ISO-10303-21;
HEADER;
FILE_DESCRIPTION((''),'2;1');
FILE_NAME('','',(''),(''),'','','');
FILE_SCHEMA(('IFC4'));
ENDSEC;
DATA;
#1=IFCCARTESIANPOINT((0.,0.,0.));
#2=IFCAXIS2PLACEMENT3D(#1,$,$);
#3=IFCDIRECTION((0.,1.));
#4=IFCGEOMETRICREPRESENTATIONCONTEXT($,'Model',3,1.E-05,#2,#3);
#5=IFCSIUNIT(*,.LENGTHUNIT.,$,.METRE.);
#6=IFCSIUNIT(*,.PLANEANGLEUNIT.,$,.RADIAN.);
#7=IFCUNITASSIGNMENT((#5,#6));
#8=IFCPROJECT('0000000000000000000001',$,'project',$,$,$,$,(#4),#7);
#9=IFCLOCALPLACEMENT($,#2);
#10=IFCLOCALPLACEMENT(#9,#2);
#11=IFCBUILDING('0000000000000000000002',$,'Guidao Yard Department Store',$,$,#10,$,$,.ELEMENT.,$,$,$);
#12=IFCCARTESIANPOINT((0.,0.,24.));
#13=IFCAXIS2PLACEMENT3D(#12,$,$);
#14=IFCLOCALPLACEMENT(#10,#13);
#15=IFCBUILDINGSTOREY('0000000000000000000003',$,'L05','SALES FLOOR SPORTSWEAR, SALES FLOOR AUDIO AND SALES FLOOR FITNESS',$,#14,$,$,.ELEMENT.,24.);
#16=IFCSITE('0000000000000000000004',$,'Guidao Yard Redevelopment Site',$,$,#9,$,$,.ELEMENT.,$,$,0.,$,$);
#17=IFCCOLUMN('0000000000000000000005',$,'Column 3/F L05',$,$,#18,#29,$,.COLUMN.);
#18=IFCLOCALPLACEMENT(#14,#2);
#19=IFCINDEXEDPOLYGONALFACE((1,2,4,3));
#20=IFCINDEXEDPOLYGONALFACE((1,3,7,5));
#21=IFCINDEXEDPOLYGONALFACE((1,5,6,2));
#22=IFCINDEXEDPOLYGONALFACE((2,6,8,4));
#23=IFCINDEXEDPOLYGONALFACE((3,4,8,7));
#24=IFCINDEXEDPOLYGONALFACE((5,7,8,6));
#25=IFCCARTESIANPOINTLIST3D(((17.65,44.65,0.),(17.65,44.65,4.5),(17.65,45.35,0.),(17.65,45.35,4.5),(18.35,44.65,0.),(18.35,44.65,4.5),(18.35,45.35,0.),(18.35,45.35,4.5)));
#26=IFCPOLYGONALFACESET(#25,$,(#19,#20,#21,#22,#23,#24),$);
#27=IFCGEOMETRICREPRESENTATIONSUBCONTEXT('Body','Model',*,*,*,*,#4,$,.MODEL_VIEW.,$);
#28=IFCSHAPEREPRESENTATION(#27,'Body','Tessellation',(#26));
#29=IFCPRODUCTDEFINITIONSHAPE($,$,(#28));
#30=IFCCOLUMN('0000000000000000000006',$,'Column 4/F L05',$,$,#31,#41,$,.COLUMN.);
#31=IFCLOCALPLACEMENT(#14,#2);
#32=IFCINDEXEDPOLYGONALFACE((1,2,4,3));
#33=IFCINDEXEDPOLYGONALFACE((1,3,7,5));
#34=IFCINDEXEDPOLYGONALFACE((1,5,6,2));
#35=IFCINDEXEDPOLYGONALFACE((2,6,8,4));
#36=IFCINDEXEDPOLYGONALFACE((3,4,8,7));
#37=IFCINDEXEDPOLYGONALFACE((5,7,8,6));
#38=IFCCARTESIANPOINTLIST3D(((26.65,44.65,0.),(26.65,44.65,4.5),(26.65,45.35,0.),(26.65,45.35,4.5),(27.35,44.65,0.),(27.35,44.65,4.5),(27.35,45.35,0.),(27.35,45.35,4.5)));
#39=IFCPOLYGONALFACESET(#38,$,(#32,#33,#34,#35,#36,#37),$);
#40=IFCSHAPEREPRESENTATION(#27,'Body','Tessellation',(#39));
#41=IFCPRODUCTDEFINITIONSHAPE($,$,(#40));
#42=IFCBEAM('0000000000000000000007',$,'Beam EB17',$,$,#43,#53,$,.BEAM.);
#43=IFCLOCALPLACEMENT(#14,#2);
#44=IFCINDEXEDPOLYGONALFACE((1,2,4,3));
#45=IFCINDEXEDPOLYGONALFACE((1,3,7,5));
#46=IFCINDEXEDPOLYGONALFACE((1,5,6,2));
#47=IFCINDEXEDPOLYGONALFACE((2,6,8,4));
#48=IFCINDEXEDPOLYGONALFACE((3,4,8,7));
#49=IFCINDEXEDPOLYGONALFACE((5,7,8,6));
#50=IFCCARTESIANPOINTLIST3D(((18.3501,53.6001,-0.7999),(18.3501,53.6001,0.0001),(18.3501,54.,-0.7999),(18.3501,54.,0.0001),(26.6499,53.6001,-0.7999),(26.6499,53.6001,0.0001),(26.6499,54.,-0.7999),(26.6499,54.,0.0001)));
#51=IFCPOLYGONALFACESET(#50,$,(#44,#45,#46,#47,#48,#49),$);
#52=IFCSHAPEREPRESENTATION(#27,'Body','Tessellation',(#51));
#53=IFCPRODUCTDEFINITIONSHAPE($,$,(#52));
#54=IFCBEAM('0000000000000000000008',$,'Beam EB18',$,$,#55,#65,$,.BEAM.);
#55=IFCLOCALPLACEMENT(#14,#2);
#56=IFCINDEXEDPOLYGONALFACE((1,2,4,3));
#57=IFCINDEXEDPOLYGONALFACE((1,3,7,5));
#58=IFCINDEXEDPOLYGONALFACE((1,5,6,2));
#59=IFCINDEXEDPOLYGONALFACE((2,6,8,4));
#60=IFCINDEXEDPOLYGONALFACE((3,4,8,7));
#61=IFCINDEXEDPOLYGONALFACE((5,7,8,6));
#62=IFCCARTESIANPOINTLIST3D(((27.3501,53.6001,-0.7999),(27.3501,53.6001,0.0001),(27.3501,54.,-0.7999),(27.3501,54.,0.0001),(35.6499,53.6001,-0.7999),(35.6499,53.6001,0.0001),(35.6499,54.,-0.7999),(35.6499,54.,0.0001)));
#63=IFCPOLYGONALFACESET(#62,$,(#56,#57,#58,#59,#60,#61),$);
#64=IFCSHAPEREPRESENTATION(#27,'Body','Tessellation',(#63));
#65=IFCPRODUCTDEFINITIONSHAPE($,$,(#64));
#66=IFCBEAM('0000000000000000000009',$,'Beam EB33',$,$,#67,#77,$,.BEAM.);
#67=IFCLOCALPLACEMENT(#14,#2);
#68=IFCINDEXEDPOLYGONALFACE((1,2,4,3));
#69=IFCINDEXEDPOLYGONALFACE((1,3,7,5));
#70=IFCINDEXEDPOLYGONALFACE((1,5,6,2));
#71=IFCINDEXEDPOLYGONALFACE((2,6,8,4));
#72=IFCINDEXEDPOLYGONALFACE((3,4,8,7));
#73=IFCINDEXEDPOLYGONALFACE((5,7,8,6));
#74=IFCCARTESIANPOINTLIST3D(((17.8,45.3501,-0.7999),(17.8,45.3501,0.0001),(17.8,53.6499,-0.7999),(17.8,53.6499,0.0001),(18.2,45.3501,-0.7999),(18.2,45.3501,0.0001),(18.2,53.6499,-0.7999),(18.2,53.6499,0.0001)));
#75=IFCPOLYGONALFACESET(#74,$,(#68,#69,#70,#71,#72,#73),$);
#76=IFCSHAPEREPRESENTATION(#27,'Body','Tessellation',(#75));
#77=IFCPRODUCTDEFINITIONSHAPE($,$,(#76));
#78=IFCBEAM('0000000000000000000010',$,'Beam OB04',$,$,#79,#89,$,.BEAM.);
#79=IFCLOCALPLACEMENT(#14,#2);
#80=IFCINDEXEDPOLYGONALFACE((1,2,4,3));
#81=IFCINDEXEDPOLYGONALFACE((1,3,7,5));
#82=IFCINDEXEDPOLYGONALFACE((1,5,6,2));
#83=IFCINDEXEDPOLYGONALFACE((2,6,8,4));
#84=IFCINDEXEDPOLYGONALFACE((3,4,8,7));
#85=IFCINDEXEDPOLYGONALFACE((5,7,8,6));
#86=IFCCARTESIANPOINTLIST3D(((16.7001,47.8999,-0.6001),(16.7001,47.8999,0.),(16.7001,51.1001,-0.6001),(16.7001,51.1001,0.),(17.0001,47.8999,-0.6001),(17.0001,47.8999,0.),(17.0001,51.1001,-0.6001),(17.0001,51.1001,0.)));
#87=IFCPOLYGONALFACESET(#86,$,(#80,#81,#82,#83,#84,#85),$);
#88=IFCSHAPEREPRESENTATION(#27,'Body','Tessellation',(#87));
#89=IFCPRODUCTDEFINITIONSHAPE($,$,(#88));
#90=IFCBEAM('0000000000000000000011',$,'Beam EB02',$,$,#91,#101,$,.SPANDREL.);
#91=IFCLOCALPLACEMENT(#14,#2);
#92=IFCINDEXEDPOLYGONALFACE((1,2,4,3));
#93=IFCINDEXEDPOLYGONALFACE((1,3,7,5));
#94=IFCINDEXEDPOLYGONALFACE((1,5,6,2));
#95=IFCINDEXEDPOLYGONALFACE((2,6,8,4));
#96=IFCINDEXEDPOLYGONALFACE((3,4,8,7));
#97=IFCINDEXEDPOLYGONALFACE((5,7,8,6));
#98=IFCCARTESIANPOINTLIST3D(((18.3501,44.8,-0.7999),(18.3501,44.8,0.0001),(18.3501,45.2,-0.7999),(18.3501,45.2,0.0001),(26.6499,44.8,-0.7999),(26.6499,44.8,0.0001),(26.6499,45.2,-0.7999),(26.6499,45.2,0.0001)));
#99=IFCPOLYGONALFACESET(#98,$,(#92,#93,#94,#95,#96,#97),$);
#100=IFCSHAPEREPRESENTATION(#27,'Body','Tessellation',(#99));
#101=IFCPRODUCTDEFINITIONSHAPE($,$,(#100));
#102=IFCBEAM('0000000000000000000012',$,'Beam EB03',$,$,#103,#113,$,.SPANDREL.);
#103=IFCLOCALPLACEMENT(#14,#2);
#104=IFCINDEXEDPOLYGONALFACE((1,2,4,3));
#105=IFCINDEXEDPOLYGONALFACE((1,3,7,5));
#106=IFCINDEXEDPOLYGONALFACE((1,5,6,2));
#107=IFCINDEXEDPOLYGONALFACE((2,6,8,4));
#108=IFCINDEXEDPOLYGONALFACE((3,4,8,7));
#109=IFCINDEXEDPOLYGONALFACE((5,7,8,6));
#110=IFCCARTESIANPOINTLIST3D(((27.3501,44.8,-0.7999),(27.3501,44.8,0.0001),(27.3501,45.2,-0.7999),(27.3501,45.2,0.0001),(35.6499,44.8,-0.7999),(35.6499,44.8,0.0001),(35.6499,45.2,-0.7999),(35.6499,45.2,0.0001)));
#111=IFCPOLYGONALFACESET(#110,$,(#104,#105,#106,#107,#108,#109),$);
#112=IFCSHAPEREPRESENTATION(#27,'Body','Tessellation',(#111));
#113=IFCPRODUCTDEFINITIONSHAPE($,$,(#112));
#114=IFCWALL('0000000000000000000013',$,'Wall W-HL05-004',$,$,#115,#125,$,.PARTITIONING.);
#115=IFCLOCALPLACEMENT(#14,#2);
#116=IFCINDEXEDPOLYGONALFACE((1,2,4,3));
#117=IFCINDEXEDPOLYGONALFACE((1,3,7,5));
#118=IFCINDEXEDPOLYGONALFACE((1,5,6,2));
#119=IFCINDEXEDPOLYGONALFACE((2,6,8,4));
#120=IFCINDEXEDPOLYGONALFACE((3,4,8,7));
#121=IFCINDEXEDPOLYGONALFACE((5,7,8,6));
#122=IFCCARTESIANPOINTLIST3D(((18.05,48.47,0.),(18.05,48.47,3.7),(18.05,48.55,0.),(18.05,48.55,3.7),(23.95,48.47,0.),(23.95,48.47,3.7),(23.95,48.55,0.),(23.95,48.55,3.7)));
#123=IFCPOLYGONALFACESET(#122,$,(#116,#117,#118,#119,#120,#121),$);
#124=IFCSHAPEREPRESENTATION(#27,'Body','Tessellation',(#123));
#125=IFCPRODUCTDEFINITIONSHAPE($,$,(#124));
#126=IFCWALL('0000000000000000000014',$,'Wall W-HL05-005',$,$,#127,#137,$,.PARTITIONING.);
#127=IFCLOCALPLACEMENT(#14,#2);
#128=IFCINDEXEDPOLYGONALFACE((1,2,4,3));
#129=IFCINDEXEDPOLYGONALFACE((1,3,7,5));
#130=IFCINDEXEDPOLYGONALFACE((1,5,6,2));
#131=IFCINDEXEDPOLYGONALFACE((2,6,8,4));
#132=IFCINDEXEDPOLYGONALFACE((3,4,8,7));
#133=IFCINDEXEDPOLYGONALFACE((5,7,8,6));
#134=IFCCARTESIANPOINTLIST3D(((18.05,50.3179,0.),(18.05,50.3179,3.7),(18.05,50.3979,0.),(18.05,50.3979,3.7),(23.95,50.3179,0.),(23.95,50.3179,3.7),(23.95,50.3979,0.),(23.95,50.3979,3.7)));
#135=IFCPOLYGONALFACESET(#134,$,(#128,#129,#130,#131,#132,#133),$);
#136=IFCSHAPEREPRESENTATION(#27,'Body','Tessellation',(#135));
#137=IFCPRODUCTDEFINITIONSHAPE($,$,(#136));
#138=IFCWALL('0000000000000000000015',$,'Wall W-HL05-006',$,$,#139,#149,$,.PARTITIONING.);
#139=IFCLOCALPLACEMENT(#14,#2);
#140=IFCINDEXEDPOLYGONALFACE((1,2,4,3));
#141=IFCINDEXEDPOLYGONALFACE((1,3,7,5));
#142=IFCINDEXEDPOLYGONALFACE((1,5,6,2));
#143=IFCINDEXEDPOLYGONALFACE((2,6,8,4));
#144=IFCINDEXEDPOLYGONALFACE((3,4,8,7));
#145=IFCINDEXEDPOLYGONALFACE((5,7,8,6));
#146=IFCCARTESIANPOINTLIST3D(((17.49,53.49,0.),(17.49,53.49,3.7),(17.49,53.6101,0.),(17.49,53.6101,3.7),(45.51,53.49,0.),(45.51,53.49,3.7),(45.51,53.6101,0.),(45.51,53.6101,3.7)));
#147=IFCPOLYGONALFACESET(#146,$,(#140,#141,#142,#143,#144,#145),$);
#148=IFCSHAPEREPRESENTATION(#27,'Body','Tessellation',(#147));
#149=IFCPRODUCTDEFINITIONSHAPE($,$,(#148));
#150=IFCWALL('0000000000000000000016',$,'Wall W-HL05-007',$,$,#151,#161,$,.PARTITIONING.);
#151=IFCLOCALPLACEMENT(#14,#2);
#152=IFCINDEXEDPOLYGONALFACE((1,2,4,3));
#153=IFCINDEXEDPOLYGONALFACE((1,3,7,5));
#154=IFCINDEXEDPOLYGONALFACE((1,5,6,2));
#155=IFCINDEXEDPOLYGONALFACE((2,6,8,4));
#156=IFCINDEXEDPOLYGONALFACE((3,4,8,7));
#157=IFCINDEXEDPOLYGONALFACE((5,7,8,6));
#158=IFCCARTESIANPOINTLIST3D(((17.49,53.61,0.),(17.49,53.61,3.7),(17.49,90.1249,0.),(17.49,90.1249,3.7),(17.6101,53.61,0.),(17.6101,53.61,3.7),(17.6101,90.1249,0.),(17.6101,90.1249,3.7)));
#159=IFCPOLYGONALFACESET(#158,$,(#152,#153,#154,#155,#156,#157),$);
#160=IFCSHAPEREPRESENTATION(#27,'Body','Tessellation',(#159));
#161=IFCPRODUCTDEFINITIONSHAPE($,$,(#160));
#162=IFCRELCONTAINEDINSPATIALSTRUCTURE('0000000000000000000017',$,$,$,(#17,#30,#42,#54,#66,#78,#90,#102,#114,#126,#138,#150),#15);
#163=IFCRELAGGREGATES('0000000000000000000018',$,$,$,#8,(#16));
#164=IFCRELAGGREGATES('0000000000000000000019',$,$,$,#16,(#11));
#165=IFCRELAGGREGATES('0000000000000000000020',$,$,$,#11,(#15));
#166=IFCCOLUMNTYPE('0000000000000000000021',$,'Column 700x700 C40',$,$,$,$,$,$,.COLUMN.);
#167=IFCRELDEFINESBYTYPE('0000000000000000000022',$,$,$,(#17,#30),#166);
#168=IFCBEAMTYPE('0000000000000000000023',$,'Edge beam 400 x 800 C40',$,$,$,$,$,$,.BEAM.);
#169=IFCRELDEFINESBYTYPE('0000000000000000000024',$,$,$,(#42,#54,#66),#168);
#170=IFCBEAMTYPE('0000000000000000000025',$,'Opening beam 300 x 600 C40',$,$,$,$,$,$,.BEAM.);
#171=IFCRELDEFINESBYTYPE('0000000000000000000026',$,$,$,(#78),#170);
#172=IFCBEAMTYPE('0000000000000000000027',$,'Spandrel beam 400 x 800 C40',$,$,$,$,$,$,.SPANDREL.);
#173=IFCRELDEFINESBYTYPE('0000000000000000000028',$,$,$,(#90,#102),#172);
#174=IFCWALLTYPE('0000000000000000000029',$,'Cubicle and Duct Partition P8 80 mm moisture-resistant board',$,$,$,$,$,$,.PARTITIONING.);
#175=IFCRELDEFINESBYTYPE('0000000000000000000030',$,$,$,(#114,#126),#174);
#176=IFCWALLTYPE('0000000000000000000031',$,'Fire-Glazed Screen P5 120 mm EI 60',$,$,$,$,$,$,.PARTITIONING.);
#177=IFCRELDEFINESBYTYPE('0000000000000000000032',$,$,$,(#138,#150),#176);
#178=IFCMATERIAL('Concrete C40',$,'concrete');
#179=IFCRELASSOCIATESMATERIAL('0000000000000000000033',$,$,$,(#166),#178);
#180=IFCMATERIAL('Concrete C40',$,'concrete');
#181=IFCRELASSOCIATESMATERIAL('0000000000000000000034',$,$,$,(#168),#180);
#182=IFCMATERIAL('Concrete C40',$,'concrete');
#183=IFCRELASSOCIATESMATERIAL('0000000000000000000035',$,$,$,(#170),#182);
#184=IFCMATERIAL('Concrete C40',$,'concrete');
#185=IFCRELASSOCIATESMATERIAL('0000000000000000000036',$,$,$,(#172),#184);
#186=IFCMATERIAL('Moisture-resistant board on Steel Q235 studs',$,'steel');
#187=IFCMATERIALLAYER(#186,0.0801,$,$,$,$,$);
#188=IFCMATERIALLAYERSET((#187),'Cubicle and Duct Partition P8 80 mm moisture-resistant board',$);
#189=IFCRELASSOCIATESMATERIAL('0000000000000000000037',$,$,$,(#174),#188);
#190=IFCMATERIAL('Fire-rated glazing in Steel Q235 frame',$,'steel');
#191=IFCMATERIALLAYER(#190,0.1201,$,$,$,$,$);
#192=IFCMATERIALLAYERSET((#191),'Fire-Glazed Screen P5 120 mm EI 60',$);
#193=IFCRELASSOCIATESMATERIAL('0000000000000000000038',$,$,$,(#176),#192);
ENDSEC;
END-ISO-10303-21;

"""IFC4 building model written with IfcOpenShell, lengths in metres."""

from ifc_helpers import new_model, si_unit, direction, frame, frame_2d, origin, origin_2d, place, context, subcontext, project, spatial, rectangle, extrude, material, layer, layer_set, material_profile, profile_set, type_object, element, save


model = new_model("IFC4")

# Units and contexts
model_context = context("Model", 3, precision=1e-05, world=origin(), true_north=direction((0.0, 1.0)))
body_context = subcontext(model_context, "Body", "Model", "MODEL_VIEW")
ifc_project = project(units=[si_unit("LENGTHUNIT", "METRE"), si_unit("PLANEANGLEUNIT", "RADIAN")], contexts=[model_context])

# Site, building, storey
site_placement = place(None, origin())
site = spatial("IfcSite", under=ifc_project, at=site_placement, Name="Guidao Yard Redevelopment Site", CompositionType="ELEMENT", RefElevation=0.0)
building_placement = place(site_placement, origin())
building = spatial("IfcBuilding", under=site, at=building_placement, Name="Guidao Yard Department Store", CompositionType="ELEMENT")
storey_placement = place(building_placement, frame((0.0, 0.0, 24.0)))
storey = spatial("IfcBuildingStorey", under=building, at=storey_placement, Name="L05", Description="SALES FLOOR SPORTSWEAR, SALES FLOOR AUDIO AND SALES FLOOR FITNESS", CompositionType="ELEMENT", Elevation=24.0)

# Columns
ifc_material_1 = material(Name="Concrete C40", Category="concrete")
ifc_material_profile_1 = material_profile(ifc_material_1, rectangle(XDim=0.7, YDim=0.7, at=origin_2d()), Name="COL 700x700")
ifc_profile_set_1 = profile_set([ifc_material_profile_1], Name="Concrete C40")
column_type = type_object("IfcColumnType", Name="Column 700x700 C40", PredefinedType="COLUMN", material=ifc_profile_set_1)
for number, where, z_axis, x_axis, name in (
    (1, (18.0, 45.0, 0.0), (0.0, 0.0, 1.0), (1.0, 0.0, 0.0), "Column 3/F L05"),
    (2, (27.0, 45.0, 0.0), (0.0, 0.0, 1.0), (1.0, 0.0, 0.0), "Column 4/F L05"),
):
    element("IfcColumn", number, at=place(storey_placement, frame(where, z_axis=z_axis, x_axis=x_axis)), inside=storey, type_object=column_type, Name=name, PredefinedType="COLUMN", context=body_context, shape_type="SweptSolid", body=[
        extrude(rectangle(XDim=0.7, YDim=0.7, at=origin_2d()), origin(), (0.0, 0.0, 1.0), 4.5),
    ])

# Beams
ifc_material_2 = material(Name="Concrete C40", Category="concrete")
ifc_material_profile_2 = material_profile(ifc_material_2, rectangle(XDim=0.3999, YDim=0.8, at=origin_2d()), Name="Edge beam 400 x 800 C40")
ifc_profile_set_2 = profile_set([ifc_material_profile_2], Name="Concrete C40")
beam_type_1 = type_object("IfcBeamType", Name="Edge beam 400 x 800 C40", PredefinedType="BEAM", material=ifc_profile_set_2)
for number, where, z_axis, x_axis, name in (
    (3, (18.3501, 53.8, -0.3999), (1.0, 0.0, 0.0), (0.0, 1.0, 0.0), "Beam EB17"),
    (4, (27.3501, 53.8, -0.3999), (1.0, 0.0, 0.0), (0.0, 1.0, 0.0), "Beam EB18"),
    (5, (18.0, 45.3501, -0.3999), (0.0, 1.0, 0.0), (-1.0, 0.0, 0.0), "Beam EB33"),
):
    element("IfcBeam", number, at=place(storey_placement, frame(where, z_axis=z_axis, x_axis=x_axis)), inside=storey, type_object=beam_type_1, Name=name, PredefinedType="BEAM", context=body_context, shape_type="SweptSolid", body=[
        extrude(rectangle(XDim=0.3999, YDim=0.8, at=origin_2d()), origin(), (0.0, 0.0, 1.0), 8.2998),
    ])
ifc_material_3 = material(Name="Concrete C40", Category="concrete")
ifc_material_profile_3 = material_profile(ifc_material_3, rectangle(XDim=0.3, YDim=0.6001, at=origin_2d()), Name="Opening beam 300 x 600 C40")
ifc_profile_set_3 = profile_set([ifc_material_profile_3], Name="Concrete C40")
beam_type_2 = type_object("IfcBeamType", Name="Opening beam 300 x 600 C40", PredefinedType="BEAM", material=ifc_profile_set_3)
beam_placement = place(storey_placement, frame((16.8501, 47.8999, -0.3), z_axis=(0.0, 1.0, 0.0), x_axis=(-1.0, 0.0, 0.0)))
element("IfcBeam", 6, at=beam_placement, inside=storey, type_object=beam_type_2, Name="Beam OB04", PredefinedType="BEAM", context=body_context, shape_type="SweptSolid", body=[
    extrude(rectangle(XDim=0.3, YDim=0.6001, at=origin_2d()), origin(), (0.0, 0.0, 1.0), 3.2002),
])
ifc_material_4 = material(Name="Concrete C40", Category="concrete")
ifc_material_profile_4 = material_profile(ifc_material_4, rectangle(XDim=0.3999, YDim=0.8, at=origin_2d()), Name="Spandrel beam 400 x 800 C40")
ifc_profile_set_4 = profile_set([ifc_material_profile_4], Name="Concrete C40")
beam_type_3 = type_object("IfcBeamType", Name="Spandrel beam 400 x 800 C40", PredefinedType="SPANDREL", material=ifc_profile_set_4)
for number, where, z_axis, x_axis, name in (
    (7, (18.3501, 45.0, -0.3999), (1.0, 0.0, 0.0), (0.0, 1.0, 0.0), "Beam EB02"),
    (8, (27.3501, 45.0, -0.3999), (1.0, 0.0, 0.0), (0.0, 1.0, 0.0), "Beam EB03"),
):
    element("IfcBeam", number, at=place(storey_placement, frame(where, z_axis=z_axis, x_axis=x_axis)), inside=storey, type_object=beam_type_3, Name=name, PredefinedType="SPANDREL", context=body_context, shape_type="SweptSolid", body=[
        extrude(rectangle(XDim=0.3999, YDim=0.8, at=origin_2d()), origin(), (0.0, 0.0, 1.0), 8.2998),
    ])

# Walls
ifc_material_5 = material(Name="Moisture-resistant board on Steel Q235 studs", Category="steel")
ifc_layer_1 = layer(ifc_material_5, 0.0801)
ifc_layer_set_1 = layer_set([ifc_layer_1], Name="Cubicle and Duct Partition P8 80 mm moisture-resistant board")
wall_type_1 = type_object("IfcWallType", Name="Cubicle and Duct Partition P8 80 mm moisture-resistant board", PredefinedType="PARTITIONING", material=ifc_layer_set_1)
for number, where, z_axis, x_axis, name in (
    (9, (18.05, 48.51, 0.0), (0.0, 0.0, 1.0), (1.0, 0.0, 0.0), "Wall W-HL05-004"),
    (10, (18.05, 50.3579, 0.0), (0.0, 0.0, 1.0), (1.0, 0.0, 0.0), "Wall W-HL05-005"),
):
    element("IfcWall", number, at=place(storey_placement, frame(where, z_axis=z_axis, x_axis=x_axis)), inside=storey, type_object=wall_type_1, Name=name, PredefinedType="PARTITIONING", context=body_context, shape_type="SweptSolid", body=[
        extrude(rectangle(XDim=5.8999, YDim=0.0801, at=frame_2d((2.95, 0.0))), origin(), (0.0, 0.0, 1.0), 3.7),
    ])
ifc_material_6 = material(Name="Fire-rated glazing in Steel Q235 frame", Category="steel")
ifc_layer_2 = layer(ifc_material_6, 0.1201)
ifc_layer_set_2 = layer_set([ifc_layer_2], Name="Fire-Glazed Screen P5 120 mm EI 60")
wall_type_2 = type_object("IfcWallType", Name="Fire-Glazed Screen P5 120 mm EI 60", PredefinedType="PARTITIONING", material=ifc_layer_set_2)
wall_1_placement = place(storey_placement, frame((17.49, 53.55, 0.0), z_axis=(0.0, 0.0, 1.0), x_axis=(1.0, 0.0, 0.0)))
element("IfcWall", 11, at=wall_1_placement, inside=storey, type_object=wall_type_2, Name="Wall W-HL05-006", PredefinedType="PARTITIONING", context=body_context, shape_type="SweptSolid", body=[
    extrude(rectangle(XDim=28.02, YDim=0.1201, at=frame_2d((14.01, 0.0))), origin(), (0.0, 0.0, 1.0), 3.7),
])
wall_2_placement = place(storey_placement, frame((17.55, 53.6101, 0.0), z_axis=(0.0, 0.0, 1.0), x_axis=(0.0, 1.0, 0.0)))
element("IfcWall", 12, at=wall_2_placement, inside=storey, type_object=wall_type_2, Name="Wall W-HL05-007", PredefinedType="PARTITIONING", context=body_context, shape_type="SweptSolid", body=[
    extrude(rectangle(XDim=36.5149, YDim=0.1201, at=frame_2d((18.2573, 0.0))), origin(), (0.0, 0.0, 1.0), 3.7),
])

save(model, "model.ifc")
